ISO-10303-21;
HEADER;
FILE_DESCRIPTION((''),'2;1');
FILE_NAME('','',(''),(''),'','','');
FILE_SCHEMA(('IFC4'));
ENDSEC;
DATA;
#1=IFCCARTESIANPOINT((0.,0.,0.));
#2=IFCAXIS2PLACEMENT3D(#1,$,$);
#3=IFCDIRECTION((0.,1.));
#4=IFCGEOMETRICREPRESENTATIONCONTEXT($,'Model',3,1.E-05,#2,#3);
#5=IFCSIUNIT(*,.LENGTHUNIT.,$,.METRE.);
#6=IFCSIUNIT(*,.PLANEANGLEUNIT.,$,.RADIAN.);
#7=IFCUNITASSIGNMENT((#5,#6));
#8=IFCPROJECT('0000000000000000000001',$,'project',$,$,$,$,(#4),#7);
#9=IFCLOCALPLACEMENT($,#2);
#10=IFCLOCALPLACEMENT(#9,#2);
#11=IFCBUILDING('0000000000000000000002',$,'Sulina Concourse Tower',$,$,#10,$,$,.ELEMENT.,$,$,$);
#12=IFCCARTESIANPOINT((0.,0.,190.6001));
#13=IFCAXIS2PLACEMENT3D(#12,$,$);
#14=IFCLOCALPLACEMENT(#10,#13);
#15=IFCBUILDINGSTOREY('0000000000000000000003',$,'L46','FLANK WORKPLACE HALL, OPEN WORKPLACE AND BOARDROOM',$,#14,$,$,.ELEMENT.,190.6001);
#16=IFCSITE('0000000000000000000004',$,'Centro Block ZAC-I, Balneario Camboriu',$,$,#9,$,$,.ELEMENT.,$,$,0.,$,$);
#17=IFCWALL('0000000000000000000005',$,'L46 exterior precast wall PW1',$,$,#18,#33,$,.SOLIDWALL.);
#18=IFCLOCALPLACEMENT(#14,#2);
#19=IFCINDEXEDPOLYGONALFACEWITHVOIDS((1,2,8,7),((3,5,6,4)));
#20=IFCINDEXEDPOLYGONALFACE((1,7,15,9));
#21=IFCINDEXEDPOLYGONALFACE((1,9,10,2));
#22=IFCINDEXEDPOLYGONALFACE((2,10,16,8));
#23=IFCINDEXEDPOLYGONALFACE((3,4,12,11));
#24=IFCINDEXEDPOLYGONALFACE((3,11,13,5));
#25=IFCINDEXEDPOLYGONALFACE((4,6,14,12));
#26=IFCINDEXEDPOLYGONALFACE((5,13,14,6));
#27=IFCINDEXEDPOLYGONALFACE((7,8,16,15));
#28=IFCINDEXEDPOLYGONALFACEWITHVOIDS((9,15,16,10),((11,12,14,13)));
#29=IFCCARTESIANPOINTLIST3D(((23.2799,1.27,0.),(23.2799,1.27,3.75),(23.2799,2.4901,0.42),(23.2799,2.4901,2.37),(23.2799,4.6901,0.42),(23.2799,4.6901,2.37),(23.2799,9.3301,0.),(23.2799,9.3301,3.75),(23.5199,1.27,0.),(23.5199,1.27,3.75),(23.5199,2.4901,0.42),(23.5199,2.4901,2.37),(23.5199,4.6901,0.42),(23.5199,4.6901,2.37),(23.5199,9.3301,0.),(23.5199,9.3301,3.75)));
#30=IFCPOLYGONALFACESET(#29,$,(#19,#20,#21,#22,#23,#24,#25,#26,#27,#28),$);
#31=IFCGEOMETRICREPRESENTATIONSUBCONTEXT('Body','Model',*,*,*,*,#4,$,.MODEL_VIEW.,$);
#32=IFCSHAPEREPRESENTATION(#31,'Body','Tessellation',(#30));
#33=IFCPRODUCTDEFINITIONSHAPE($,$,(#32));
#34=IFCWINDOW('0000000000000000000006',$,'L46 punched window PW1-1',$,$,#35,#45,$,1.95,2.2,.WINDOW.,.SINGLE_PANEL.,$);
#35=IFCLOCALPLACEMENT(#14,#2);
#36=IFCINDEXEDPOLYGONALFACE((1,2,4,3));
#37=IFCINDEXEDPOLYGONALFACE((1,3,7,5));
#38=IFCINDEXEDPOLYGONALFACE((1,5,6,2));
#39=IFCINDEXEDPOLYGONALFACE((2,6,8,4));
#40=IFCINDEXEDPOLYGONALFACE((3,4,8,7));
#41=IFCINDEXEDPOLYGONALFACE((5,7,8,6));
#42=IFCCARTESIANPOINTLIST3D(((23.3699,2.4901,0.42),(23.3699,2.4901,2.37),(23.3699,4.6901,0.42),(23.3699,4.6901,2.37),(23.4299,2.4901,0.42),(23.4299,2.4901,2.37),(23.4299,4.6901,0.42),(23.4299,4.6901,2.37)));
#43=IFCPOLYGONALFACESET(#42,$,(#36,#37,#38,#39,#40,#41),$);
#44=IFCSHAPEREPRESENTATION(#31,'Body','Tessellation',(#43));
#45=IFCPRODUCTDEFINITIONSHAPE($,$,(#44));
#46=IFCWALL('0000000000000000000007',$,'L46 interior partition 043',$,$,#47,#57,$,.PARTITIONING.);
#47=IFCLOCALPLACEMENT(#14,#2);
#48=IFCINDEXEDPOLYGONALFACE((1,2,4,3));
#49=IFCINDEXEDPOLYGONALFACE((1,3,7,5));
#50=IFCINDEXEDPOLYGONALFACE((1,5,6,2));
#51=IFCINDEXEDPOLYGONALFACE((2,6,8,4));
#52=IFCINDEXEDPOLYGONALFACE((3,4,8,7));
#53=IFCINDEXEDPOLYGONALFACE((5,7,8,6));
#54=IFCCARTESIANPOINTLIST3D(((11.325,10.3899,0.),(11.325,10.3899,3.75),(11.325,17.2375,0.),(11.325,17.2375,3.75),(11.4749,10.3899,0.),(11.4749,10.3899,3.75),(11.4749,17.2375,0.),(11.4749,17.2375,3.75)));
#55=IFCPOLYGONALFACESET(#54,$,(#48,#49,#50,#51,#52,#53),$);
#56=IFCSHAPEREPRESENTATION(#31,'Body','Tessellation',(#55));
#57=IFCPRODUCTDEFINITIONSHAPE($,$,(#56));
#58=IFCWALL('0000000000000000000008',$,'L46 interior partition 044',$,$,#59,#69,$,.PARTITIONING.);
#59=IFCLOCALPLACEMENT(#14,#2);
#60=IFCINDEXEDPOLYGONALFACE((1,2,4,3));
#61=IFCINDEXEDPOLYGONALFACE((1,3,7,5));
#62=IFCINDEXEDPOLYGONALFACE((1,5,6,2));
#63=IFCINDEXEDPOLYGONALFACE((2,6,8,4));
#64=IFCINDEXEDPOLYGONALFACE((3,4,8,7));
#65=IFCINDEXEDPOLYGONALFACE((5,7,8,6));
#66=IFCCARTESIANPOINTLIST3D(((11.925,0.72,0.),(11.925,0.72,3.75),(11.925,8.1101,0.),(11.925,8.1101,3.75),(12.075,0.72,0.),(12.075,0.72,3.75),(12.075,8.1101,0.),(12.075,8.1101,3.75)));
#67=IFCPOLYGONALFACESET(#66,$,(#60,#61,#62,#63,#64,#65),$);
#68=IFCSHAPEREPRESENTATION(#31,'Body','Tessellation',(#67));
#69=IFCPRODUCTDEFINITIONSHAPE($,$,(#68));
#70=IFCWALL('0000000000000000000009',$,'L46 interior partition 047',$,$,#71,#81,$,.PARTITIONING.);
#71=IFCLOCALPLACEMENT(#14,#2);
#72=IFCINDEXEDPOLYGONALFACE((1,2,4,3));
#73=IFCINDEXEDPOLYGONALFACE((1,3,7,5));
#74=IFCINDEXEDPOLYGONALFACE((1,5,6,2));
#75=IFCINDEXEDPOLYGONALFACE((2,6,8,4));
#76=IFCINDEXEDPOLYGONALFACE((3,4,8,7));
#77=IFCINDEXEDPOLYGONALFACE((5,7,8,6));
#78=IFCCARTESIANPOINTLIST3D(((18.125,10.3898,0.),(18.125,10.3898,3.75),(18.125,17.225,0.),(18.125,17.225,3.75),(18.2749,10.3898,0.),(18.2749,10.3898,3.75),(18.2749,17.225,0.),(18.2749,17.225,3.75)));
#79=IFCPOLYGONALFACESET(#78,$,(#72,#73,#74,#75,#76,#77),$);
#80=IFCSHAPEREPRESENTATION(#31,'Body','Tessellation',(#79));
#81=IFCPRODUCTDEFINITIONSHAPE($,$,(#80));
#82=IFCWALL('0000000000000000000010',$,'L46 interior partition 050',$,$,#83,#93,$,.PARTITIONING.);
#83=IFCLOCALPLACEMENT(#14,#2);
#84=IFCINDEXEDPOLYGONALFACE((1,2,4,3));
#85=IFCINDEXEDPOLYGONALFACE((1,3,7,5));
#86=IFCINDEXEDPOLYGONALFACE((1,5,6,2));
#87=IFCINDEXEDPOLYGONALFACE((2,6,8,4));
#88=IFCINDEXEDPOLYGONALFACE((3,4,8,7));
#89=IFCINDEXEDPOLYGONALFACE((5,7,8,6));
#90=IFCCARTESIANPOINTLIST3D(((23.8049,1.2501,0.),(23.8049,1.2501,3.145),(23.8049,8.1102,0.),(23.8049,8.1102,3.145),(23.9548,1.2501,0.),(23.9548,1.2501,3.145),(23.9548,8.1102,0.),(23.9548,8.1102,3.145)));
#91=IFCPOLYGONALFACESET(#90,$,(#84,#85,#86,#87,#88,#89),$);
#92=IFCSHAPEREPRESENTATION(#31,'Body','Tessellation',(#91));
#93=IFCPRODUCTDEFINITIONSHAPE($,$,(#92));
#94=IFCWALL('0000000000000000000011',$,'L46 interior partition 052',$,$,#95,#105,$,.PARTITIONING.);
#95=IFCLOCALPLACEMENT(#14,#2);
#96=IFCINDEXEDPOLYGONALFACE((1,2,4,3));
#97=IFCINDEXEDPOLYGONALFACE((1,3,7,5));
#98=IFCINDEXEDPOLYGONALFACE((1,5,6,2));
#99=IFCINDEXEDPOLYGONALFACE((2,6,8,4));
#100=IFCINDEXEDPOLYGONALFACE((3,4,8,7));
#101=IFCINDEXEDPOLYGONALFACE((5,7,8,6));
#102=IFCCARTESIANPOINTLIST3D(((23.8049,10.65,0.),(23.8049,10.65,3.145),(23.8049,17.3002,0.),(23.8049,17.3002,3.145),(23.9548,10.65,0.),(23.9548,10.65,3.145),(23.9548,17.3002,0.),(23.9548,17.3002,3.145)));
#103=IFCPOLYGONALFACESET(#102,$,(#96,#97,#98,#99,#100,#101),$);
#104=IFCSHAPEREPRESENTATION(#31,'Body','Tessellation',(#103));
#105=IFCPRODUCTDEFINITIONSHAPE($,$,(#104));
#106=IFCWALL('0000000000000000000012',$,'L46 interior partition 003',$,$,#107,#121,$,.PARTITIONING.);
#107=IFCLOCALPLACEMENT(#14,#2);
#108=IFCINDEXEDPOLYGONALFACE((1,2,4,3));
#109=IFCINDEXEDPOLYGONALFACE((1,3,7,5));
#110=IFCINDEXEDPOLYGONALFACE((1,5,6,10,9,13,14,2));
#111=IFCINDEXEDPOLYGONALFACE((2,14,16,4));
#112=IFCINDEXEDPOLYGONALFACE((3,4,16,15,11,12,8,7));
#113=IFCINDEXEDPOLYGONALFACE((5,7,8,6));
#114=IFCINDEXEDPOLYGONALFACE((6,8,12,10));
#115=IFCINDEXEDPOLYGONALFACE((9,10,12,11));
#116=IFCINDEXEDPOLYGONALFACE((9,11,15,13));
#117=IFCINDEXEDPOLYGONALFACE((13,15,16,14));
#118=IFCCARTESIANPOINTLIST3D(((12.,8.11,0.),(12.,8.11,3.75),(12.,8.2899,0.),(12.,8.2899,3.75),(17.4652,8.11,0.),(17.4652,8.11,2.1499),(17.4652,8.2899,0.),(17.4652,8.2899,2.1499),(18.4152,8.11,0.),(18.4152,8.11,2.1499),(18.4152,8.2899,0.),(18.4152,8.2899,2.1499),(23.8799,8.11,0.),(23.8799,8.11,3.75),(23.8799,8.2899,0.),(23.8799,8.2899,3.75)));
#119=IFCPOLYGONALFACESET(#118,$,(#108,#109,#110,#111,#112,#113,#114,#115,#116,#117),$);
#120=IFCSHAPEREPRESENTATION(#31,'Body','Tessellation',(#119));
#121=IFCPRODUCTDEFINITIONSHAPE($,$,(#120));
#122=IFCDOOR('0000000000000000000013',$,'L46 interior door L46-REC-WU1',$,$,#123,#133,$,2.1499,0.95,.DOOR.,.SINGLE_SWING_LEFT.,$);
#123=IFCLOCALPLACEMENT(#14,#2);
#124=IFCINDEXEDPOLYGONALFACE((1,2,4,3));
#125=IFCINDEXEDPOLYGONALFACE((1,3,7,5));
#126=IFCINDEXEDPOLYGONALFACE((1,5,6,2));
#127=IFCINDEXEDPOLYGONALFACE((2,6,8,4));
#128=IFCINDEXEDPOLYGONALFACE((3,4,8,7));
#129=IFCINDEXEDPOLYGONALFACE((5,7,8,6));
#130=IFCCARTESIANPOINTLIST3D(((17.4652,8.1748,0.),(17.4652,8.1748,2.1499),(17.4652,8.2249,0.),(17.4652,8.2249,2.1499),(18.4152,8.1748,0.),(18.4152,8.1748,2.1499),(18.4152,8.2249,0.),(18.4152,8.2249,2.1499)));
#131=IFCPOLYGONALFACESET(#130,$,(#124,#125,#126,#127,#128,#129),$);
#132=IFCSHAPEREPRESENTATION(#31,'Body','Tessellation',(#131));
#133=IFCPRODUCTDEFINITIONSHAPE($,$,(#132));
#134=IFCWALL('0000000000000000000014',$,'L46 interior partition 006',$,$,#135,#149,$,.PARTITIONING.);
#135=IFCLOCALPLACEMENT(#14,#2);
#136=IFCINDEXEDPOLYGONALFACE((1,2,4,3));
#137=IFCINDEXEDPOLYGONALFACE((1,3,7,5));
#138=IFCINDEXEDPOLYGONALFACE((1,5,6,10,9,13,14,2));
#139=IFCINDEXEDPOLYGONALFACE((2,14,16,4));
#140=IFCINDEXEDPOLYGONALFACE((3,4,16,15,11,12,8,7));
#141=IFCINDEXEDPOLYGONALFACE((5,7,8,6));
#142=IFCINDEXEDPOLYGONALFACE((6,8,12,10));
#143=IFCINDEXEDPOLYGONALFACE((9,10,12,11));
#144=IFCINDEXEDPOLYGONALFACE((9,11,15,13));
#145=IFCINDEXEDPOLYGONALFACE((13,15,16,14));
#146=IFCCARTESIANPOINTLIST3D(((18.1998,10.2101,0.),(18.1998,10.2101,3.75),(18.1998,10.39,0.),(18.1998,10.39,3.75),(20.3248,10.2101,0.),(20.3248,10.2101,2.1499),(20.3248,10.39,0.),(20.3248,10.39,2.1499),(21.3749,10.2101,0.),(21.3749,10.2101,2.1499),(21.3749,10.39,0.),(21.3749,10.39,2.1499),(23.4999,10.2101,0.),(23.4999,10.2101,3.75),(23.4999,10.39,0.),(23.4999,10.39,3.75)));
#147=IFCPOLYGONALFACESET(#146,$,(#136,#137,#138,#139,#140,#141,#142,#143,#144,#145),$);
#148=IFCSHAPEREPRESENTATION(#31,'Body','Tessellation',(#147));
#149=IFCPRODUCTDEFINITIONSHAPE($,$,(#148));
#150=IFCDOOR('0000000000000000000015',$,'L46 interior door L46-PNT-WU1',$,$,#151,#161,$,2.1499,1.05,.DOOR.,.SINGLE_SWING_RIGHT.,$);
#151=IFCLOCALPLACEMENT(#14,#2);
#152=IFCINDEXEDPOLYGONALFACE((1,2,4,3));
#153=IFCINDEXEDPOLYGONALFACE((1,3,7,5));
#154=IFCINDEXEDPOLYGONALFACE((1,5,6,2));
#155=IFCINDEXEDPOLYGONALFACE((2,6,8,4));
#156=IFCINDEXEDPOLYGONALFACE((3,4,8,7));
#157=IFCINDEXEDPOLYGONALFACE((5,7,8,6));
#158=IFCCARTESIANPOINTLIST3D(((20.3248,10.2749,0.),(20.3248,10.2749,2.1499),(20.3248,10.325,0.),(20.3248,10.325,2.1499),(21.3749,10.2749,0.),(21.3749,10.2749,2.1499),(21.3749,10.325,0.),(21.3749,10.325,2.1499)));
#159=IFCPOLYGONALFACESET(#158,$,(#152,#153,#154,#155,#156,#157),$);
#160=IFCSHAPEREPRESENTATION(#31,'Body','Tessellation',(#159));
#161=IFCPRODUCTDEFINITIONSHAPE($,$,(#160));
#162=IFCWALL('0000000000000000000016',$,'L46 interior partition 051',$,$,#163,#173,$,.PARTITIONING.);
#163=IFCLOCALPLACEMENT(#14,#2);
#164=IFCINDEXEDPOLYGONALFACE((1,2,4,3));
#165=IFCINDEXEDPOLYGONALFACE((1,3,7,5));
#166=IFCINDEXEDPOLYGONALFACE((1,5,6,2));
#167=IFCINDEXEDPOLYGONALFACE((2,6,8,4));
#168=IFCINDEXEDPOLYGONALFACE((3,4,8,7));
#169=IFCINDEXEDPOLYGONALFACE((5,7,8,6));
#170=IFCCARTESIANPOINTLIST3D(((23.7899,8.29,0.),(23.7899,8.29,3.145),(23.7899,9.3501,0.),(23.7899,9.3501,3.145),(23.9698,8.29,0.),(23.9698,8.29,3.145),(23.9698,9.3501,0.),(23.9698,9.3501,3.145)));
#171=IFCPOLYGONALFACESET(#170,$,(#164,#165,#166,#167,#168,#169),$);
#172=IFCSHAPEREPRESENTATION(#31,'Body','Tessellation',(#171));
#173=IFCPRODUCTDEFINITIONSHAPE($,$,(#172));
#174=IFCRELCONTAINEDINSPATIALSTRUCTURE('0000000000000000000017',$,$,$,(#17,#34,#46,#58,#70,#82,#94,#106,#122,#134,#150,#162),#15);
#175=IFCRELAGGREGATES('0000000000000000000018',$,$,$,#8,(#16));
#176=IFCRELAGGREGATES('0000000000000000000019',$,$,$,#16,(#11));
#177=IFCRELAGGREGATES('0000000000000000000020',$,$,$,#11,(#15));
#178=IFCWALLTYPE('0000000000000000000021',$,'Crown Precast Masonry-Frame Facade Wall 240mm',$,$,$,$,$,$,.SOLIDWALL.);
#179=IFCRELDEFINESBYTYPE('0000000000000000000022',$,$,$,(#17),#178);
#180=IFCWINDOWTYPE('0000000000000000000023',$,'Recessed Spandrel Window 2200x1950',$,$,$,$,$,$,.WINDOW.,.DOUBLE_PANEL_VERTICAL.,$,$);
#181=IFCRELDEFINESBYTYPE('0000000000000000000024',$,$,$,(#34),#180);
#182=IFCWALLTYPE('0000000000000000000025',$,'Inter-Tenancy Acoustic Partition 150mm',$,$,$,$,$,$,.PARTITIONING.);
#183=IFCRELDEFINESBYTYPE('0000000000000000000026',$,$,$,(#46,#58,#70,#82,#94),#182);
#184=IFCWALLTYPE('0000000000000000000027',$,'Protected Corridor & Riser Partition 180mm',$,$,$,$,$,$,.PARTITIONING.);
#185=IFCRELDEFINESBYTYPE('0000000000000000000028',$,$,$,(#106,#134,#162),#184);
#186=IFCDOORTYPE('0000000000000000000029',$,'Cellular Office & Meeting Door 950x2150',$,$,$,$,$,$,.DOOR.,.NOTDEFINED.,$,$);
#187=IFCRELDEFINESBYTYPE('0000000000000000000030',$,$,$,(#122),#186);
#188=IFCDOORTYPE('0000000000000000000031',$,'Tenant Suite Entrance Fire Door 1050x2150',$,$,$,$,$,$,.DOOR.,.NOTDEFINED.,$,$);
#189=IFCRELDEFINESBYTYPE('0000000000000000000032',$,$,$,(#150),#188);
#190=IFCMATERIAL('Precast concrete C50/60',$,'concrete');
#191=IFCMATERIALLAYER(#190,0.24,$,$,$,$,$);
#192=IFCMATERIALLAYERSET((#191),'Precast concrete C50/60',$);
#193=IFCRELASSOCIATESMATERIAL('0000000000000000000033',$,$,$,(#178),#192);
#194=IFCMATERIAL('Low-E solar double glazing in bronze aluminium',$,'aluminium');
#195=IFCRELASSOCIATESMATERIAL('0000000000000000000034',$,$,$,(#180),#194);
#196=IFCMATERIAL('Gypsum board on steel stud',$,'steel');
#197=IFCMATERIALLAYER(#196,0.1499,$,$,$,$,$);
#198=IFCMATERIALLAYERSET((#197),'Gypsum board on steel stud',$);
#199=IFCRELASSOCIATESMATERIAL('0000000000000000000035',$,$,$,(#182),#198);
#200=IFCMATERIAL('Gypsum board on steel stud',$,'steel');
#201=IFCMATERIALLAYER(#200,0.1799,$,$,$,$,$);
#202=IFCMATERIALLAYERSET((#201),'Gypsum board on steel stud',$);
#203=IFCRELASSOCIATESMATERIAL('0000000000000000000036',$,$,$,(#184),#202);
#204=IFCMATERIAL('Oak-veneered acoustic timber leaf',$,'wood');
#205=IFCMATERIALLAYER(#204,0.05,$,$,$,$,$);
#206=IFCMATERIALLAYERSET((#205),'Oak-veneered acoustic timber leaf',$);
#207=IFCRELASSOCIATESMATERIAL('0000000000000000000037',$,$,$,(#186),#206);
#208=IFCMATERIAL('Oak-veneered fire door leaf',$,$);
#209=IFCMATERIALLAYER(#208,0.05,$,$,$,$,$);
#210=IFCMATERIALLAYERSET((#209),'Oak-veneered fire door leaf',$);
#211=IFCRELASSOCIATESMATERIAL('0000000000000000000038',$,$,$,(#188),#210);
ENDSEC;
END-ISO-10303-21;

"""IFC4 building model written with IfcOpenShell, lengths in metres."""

from ifc_helpers import new_model, si_unit, direction, frame, frame_2d, origin, place, context, subcontext, project, spatial, rectangle, extrude, material, layer, layer_set, type_object, element, fill, save


model = new_model("IFC4")

# Units and contexts
model_context = context("Model", 3, precision=1e-05, world=origin(), true_north=direction((0.0, 1.0)))
body_context = subcontext(model_context, "Body", "Model", "MODEL_VIEW")
ifc_project = project(units=[si_unit("LENGTHUNIT", "METRE"), si_unit("PLANEANGLEUNIT", "RADIAN")], contexts=[model_context])

# Site, building, storey
site_placement = place(None, origin())
site = spatial("IfcSite", under=ifc_project, at=site_placement, Name="Centro Block ZAC-I, Balneario Camboriu", CompositionType="ELEMENT", RefElevation=0.0)
building_placement = place(site_placement, origin())
building = spatial("IfcBuilding", under=site, at=building_placement, Name="Sulina Concourse Tower", CompositionType="ELEMENT")
storey_placement = place(building_placement, frame((0.0, 0.0, 190.6001)))
storey = spatial("IfcBuildingStorey", under=building, at=storey_placement, Name="L46", Description="FLANK WORKPLACE HALL, OPEN WORKPLACE AND BOARDROOM", CompositionType="ELEMENT", Elevation=190.6001)

# Shared definitions
ifc_material_1 = material(Name="Precast concrete C50/60", Category="concrete")
ifc_layer_1 = layer(ifc_material_1, 0.24)
ifc_layer_set_1 = layer_set([ifc_layer_1], Name="Precast concrete C50/60")
wall_type_1 = type_object("IfcWallType", Name="Crown Precast Masonry-Frame Facade Wall 240mm", PredefinedType="SOLIDWALL", material=ifc_layer_set_1)

# Wall, opening, window
wall_1_placement = place(storey_placement, frame((23.3999, 9.3301, 0.0), z_axis=(0.0, 0.0, 1.0), x_axis=(0.0, -1.0, 0.0)))
wall_1 = element("IfcWall", 1, at=wall_1_placement, inside=storey, type_object=wall_type_1, Name="L46 exterior precast wall PW1", PredefinedType="SOLIDWALL", context=body_context, shape_type="SweptSolid", body=[
    extrude(rectangle(XDim=8.0601, YDim=0.24, at=frame_2d((4.03, 0.0))), origin(), (0.0, 0.0, 1.0), 3.75),
])
opening_1_placement = place(wall_1_placement, frame((4.6399, 0.0, 0.4199)))
opening_1 = element("IfcOpeningElement", 2, at=opening_1_placement, cuts=wall_1, PredefinedType="OPENING", context=body_context, shape_type="SweptSolid", body=[
    extrude(rectangle(XDim=2.2, YDim=1.95, at=frame_2d((1.1001, 0.9751))), frame((0.0, 0.1299, 0.0), z_axis=(0.0, -1.0, 0.0), x_axis=(1.0, 0.0, 0.0)), (0.0, 0.0, 1.0), 0.26),
])
ifc_material_2 = material(Name="Low-E solar double glazing in bronze aluminium", Category="aluminium")
window_type = type_object("IfcWindowType", Name="Recessed Spandrel Window 2200x1950", PartitioningType="DOUBLE_PANEL_VERTICAL", PredefinedType="WINDOW", material=ifc_material_2)
window_placement = place(opening_1_placement, origin())
window = element("IfcWindow", 3, at=window_placement, inside=storey, type_object=window_type, Name="L46 punched window PW1-1", OverallHeight=1.95, OverallWidth=2.2, PartitioningType="SINGLE_PANEL", PredefinedType="WINDOW", context=body_context, shape_type="SweptSolid", body=[
    extrude(rectangle(XDim=2.2, YDim=1.95, at=frame_2d((1.1001, 0.9751))), frame((0.0, 0.03, 0.0), z_axis=(0.0, -1.0, 0.0), x_axis=(1.0, 0.0, 0.0)), (0.0, 0.0, 1.0), 0.0601),
])
fill(opening_1, window)

# Walls
ifc_material_3 = material(Name="Gypsum board on steel stud", Category="steel")
ifc_layer_2 = layer(ifc_material_3, 0.1499)
ifc_layer_set_2 = layer_set([ifc_layer_2], Name="Gypsum board on steel stud")
wall_type_2 = type_object("IfcWallType", Name="Inter-Tenancy Acoustic Partition 150mm", PredefinedType="PARTITIONING", material=ifc_layer_set_2)
wall_2_placement = place(storey_placement, frame((11.3999, 10.3899, 0.0), z_axis=(0.0, 0.0, 1.0), x_axis=(0.0, 1.0, 0.0)))
element("IfcWall", 4, at=wall_2_placement, inside=storey, type_object=wall_type_2, Name="L46 interior partition 043", PredefinedType="PARTITIONING", context=body_context, shape_type="SweptSolid", body=[
    extrude(rectangle(XDim=6.8477, YDim=0.1499, at=frame_2d((3.4238, 0.0))), origin(), (0.0, 0.0, 1.0), 3.75),
])
wall_3_placement = place(storey_placement, frame((12.0, 0.72, 0.0), z_axis=(0.0, 0.0, 1.0), x_axis=(0.0, 1.0, 0.0)))
element("IfcWall", 5, at=wall_3_placement, inside=storey, type_object=wall_type_2, Name="L46 interior partition 044", PredefinedType="PARTITIONING", context=body_context, shape_type="SweptSolid", body=[
    extrude(rectangle(XDim=7.3901, YDim=0.1499, at=frame_2d((3.6951, 0.0))), origin(), (0.0, 0.0, 1.0), 3.75),
])
wall_4_placement = place(storey_placement, frame((18.2, 10.3899, 0.0), z_axis=(0.0, 0.0, 1.0), x_axis=(0.0, 1.0, 0.0)))
element("IfcWall", 6, at=wall_4_placement, inside=storey, type_object=wall_type_2, Name="L46 interior partition 047", PredefinedType="PARTITIONING", context=body_context, shape_type="SweptSolid", body=[
    extrude(rectangle(XDim=6.8352, YDim=0.1499, at=frame_2d((3.4175, 0.0))), origin(), (0.0, 0.0, 1.0), 3.75),
])
wall_5_placement = place(storey_placement, frame((23.8799, 1.25, 0.0), z_axis=(0.0, 0.0, 1.0), x_axis=(0.0, 1.0, 0.0)))
element("IfcWall", 7, at=wall_5_placement, inside=storey, type_object=wall_type_2, Name="L46 interior partition 050", PredefinedType="PARTITIONING", context=body_context, shape_type="SweptSolid", body=[
    extrude(rectangle(XDim=6.8601, YDim=0.1499, at=frame_2d((3.4302, 0.0))), origin(), (0.0, 0.0, 1.0), 3.145),
])
wall_6_placement = place(storey_placement, frame((23.8799, 10.6499, 0.0), z_axis=(0.0, 0.0, 1.0), x_axis=(0.0, 1.0, 0.0)))
element("IfcWall", 8, at=wall_6_placement, inside=storey, type_object=wall_type_2, Name="L46 interior partition 052", PredefinedType="PARTITIONING", context=body_context, shape_type="SweptSolid", body=[
    extrude(rectangle(XDim=6.6501, YDim=0.1499, at=frame_2d((3.3252, 0.0))), origin(), (0.0, 0.0, 1.0), 3.145),
])

# Walls, openings, doors
ifc_material_4 = material(Name="Gypsum board on steel stud", Category="steel")
ifc_layer_3 = layer(ifc_material_4, 0.1799)
ifc_layer_set_3 = layer_set([ifc_layer_3], Name="Gypsum board on steel stud")
wall_type_3 = type_object("IfcWallType", Name="Protected Corridor & Riser Partition 180mm", PredefinedType="PARTITIONING", material=ifc_layer_set_3)
wall_7_placement = place(storey_placement, frame((12.0, 8.2, 0.0), z_axis=(0.0, 0.0, 1.0), x_axis=(1.0, 0.0, 0.0)))
wall_7 = element("IfcWall", 9, at=wall_7_placement, inside=storey, type_object=wall_type_3, Name="L46 interior partition 003", PredefinedType="PARTITIONING", context=body_context, shape_type="SweptSolid", body=[
    extrude(rectangle(XDim=11.8799, YDim=0.1799, at=frame_2d((5.9399, 0.0))), origin(), (0.0, 0.0, 1.0), 3.75),
])
opening_2_placement = place(wall_7_placement, frame((5.4651, 0.0, 0.0)))
opening_2 = element("IfcOpeningElement", 10, at=opening_2_placement, cuts=wall_7, PredefinedType="OPENING", context=body_context, shape_type="SweptSolid", body=[
    extrude(rectangle(XDim=0.95, YDim=2.1499, at=frame_2d((0.4751, 1.075))), frame((0.0, 0.0999, 0.0), z_axis=(0.0, -1.0, 0.0), x_axis=(1.0, 0.0, 0.0)), (0.0, 0.0, 1.0), 0.2),
])
ifc_material_5 = material(Name="Oak-veneered acoustic timber leaf", Category="wood")
ifc_layer_4 = layer(ifc_material_5, 0.05)
ifc_layer_set_4 = layer_set([ifc_layer_4], Name="Oak-veneered acoustic timber leaf")
door_type_1 = type_object("IfcDoorType", Name="Cellular Office & Meeting Door 950x2150", OperationType="NOTDEFINED", PredefinedType="DOOR", material=ifc_layer_set_4)
door_1_placement = place(opening_2_placement, origin())
door_1 = element("IfcDoor", 11, at=door_1_placement, inside=storey, type_object=door_type_1, Name="L46 interior door L46-REC-WU1", OperationType="SINGLE_SWING_LEFT", OverallHeight=2.1499, OverallWidth=0.95, PredefinedType="DOOR", context=body_context, shape_type="SweptSolid", body=[
    extrude(rectangle(XDim=0.95, YDim=2.1499, at=frame_2d((0.4751, 1.075))), frame((0.0, 0.0249, 0.0), z_axis=(0.0, -1.0, 0.0), x_axis=(1.0, 0.0, 0.0)), (0.0, 0.0, 1.0), 0.05),
])
fill(opening_2, door_1)
wall_8_placement = place(storey_placement, frame((18.2, 10.3, 0.0), z_axis=(0.0, 0.0, 1.0), x_axis=(1.0, 0.0, 0.0)))
wall_8 = element("IfcWall", 12, at=wall_8_placement, inside=storey, type_object=wall_type_3, Name="L46 interior partition 006", PredefinedType="PARTITIONING", context=body_context, shape_type="SweptSolid", body=[
    extrude(rectangle(XDim=5.3, YDim=0.1799, at=frame_2d((2.6499, 0.0))), origin(), (0.0, 0.0, 1.0), 3.75),
])
opening_3_placement = place(wall_8_placement, frame((2.125, 0.0, 0.0)))
opening_3 = element("IfcOpeningElement", 13, at=opening_3_placement, cuts=wall_8, PredefinedType="OPENING", context=body_context, shape_type="SweptSolid", body=[
    extrude(rectangle(XDim=1.05, YDim=2.1499, at=frame_2d((0.5249, 1.075))), frame((0.0, 0.0999, 0.0), z_axis=(0.0, -1.0, 0.0), x_axis=(1.0, 0.0, 0.0)), (0.0, 0.0, 1.0), 0.2),
])
ifc_material_6 = material(Name="Oak-veneered fire door leaf")
ifc_layer_5 = layer(ifc_material_6, 0.05)
ifc_layer_set_5 = layer_set([ifc_layer_5], Name="Oak-veneered fire door leaf")
door_type_2 = type_object("IfcDoorType", Name="Tenant Suite Entrance Fire Door 1050x2150", OperationType="NOTDEFINED", PredefinedType="DOOR", material=ifc_layer_set_5)
door_2_placement = place(opening_3_placement, origin())
door_2 = element("IfcDoor", 14, at=door_2_placement, inside=storey, type_object=door_type_2, Name="L46 interior door L46-PNT-WU1", OperationType="SINGLE_SWING_RIGHT", OverallHeight=2.1499, OverallWidth=1.05, PredefinedType="DOOR", context=body_context, shape_type="SweptSolid", body=[
    extrude(rectangle(XDim=1.05, YDim=2.1499, at=frame_2d((0.5249, 1.075))), frame((0.0, 0.0249, 0.0), z_axis=(0.0, -1.0, 0.0), x_axis=(1.0, 0.0, 0.0)), (0.0, 0.0, 1.0), 0.05),
])
fill(opening_3, door_2)

# Wall
wall_9_placement = place(storey_placement, frame((23.8799, 8.29, 0.0), z_axis=(0.0, 0.0, 1.0), x_axis=(0.0, 1.0, 0.0)))
element("IfcWall", 15, at=wall_9_placement, inside=storey, type_object=wall_type_3, Name="L46 interior partition 051", PredefinedType="PARTITIONING", context=body_context, shape_type="SweptSolid", body=[
    extrude(rectangle(XDim=1.0601, YDim=0.1799, at=frame_2d((0.53, 0.0))), origin(), (0.0, 0.0, 1.0), 3.145),
])

save(model, "model.ifc")
